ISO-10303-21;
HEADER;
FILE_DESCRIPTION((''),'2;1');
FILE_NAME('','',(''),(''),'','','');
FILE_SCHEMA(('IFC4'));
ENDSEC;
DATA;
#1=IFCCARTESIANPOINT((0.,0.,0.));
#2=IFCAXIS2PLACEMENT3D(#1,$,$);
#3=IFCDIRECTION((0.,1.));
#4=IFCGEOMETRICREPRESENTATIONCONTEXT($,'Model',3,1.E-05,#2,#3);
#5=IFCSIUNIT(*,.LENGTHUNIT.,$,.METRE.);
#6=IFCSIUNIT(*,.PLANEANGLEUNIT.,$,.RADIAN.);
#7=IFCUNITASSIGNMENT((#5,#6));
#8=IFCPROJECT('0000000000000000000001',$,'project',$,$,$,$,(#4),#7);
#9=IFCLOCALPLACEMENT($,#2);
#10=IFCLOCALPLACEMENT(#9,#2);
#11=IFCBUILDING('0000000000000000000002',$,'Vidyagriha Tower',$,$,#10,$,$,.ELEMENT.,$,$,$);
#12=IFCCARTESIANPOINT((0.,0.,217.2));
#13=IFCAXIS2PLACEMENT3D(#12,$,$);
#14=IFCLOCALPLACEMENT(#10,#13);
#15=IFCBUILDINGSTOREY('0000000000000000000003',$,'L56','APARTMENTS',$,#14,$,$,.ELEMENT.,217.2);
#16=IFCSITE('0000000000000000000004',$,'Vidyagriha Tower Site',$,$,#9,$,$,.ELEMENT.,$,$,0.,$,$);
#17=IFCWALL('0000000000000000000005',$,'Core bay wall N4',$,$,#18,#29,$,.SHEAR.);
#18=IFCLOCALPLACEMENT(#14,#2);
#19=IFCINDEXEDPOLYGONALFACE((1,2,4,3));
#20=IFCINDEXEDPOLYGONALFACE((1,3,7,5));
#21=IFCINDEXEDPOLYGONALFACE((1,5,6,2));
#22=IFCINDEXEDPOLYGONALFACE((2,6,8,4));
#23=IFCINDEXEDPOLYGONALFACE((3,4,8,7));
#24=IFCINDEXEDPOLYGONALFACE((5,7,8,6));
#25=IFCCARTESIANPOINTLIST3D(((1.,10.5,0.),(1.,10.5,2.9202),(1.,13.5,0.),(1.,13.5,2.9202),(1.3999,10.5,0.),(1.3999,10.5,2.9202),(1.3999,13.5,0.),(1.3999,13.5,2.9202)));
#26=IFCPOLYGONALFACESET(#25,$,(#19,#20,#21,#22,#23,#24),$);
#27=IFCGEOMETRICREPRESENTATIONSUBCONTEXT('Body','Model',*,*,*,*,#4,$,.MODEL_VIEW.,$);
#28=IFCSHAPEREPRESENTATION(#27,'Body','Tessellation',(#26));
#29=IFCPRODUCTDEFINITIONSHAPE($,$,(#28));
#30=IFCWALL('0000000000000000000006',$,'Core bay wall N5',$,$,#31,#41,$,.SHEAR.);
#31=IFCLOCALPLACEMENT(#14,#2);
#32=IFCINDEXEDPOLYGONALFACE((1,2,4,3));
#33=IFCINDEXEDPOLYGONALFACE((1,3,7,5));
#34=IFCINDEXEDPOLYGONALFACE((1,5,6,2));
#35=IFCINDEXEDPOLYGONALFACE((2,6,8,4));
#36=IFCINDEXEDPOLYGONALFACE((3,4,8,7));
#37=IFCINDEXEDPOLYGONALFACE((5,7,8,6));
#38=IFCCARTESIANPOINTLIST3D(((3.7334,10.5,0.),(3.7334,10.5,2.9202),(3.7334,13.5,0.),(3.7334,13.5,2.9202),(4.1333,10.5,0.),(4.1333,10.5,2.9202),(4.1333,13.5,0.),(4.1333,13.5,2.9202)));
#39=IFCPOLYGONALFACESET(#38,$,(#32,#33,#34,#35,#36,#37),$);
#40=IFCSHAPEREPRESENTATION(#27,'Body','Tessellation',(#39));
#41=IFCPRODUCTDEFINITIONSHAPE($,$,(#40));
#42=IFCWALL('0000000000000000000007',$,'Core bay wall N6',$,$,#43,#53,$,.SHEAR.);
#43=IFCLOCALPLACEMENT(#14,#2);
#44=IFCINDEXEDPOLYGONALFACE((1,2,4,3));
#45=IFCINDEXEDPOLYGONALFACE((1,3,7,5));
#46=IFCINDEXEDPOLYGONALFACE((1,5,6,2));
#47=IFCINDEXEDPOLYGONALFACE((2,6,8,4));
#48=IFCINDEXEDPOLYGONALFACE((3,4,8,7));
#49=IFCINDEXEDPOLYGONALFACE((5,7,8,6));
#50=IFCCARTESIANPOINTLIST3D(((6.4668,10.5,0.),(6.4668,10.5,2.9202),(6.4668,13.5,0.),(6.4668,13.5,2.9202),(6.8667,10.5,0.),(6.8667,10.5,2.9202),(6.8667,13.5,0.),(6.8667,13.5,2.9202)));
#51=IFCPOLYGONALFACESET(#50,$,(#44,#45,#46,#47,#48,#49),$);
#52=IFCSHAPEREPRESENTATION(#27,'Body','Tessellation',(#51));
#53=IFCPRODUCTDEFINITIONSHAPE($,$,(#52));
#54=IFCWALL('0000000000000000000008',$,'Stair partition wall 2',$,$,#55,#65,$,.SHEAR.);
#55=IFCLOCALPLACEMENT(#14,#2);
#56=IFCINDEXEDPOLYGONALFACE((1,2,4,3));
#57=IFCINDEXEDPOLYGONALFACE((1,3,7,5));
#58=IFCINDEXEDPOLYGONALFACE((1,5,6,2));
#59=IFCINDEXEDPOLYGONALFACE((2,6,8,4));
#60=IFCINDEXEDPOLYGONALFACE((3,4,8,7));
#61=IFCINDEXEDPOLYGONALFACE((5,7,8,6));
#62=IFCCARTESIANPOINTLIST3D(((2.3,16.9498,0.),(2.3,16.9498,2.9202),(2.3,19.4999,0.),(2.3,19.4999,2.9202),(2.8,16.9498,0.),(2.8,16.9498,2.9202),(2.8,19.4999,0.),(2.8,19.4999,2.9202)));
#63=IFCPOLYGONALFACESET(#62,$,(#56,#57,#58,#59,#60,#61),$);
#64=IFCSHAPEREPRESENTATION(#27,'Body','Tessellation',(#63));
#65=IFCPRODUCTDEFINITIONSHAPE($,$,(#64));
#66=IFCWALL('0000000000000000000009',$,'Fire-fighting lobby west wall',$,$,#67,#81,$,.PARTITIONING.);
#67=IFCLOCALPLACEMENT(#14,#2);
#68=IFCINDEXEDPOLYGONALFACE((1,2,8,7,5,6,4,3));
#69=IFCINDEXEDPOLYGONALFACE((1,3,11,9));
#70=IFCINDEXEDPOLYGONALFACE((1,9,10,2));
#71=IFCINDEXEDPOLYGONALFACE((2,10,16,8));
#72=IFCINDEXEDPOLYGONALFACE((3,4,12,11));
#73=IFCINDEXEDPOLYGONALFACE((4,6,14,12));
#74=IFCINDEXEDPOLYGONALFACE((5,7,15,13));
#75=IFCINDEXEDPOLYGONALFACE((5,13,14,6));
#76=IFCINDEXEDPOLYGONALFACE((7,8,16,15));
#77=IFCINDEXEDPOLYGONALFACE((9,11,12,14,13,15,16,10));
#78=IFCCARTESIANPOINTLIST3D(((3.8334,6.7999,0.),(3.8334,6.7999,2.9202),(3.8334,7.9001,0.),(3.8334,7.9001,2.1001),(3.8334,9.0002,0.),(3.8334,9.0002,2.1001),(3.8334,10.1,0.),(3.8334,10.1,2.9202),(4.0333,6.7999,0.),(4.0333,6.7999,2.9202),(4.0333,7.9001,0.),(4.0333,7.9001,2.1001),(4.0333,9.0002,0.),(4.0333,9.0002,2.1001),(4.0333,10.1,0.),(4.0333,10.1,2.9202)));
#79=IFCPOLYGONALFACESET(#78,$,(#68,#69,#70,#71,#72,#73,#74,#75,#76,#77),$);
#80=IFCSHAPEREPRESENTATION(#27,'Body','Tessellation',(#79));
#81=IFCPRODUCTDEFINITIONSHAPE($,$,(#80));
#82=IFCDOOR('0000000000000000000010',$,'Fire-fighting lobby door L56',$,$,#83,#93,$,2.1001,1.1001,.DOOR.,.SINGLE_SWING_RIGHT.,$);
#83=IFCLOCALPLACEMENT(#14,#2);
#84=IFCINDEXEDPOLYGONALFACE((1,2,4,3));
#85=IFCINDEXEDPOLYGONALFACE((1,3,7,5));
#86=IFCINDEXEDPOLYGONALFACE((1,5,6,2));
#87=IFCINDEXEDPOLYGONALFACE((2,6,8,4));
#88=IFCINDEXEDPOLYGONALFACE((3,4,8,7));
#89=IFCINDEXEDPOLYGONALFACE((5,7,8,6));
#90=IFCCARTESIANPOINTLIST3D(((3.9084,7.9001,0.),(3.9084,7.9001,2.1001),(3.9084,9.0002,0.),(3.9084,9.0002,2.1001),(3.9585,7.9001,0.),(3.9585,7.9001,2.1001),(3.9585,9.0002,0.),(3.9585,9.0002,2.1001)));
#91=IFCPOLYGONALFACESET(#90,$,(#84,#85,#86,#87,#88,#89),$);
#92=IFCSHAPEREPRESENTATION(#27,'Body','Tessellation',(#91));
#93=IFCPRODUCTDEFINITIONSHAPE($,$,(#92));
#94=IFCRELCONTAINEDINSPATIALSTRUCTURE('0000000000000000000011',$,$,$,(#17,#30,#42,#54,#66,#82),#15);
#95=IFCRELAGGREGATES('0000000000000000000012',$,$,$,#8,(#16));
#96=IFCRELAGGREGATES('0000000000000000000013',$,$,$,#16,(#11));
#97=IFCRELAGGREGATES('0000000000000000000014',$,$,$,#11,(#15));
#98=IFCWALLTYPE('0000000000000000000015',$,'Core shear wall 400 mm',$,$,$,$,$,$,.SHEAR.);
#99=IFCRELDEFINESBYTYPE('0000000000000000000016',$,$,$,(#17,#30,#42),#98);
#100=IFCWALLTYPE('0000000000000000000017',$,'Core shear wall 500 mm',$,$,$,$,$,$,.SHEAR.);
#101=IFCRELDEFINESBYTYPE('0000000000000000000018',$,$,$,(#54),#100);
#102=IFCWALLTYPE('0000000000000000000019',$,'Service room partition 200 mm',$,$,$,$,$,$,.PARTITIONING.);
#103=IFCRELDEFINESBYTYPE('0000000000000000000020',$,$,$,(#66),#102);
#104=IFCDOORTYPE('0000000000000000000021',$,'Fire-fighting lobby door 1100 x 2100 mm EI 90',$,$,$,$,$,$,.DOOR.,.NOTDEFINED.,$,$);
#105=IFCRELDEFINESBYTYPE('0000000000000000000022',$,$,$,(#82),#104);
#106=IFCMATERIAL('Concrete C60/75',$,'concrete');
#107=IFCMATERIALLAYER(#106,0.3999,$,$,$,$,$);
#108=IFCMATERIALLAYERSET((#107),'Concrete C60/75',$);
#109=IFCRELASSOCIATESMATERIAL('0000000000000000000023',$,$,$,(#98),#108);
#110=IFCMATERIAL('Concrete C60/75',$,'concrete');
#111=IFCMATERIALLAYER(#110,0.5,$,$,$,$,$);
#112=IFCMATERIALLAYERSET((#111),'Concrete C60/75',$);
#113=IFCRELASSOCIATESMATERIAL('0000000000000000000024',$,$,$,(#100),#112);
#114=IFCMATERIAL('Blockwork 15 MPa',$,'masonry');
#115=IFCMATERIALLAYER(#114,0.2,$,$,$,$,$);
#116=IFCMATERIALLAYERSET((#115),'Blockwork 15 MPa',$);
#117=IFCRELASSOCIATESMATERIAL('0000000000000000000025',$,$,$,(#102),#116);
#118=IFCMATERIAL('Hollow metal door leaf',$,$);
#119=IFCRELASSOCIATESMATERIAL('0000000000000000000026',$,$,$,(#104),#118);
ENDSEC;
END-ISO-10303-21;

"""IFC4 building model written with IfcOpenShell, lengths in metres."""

from ifc_helpers import new_model, si_unit, direction, frame, frame_2d, origin, place, context, subcontext, project, spatial, rectangle, extrude, material, layer, layer_set, type_object, element, fill, save


model = new_model("IFC4")

# Units and contexts
model_context = context("Model", 3, precision=1e-05, world=origin(), true_north=direction((0.0, 1.0)))
body_context = subcontext(model_context, "Body", "Model", "MODEL_VIEW")
ifc_project = project(units=[si_unit("LENGTHUNIT", "METRE"), si_unit("PLANEANGLEUNIT", "RADIAN")], contexts=[model_context])

# Site, building, storey
site_placement = place(None, origin())
site = spatial("IfcSite", under=ifc_project, at=site_placement, Name="Vidyagriha Tower Site", CompositionType="ELEMENT", RefElevation=0.0)
building_placement = place(site_placement, origin())
building = spatial("IfcBuilding", under=site, at=building_placement, Name="Vidyagriha Tower", CompositionType="ELEMENT")
storey_placement = place(building_placement, frame((0.0, 0.0, 217.2)))
storey = spatial("IfcBuildingStorey", under=building, at=storey_placement, Name="L56", Description="APARTMENTS", CompositionType="ELEMENT", Elevation=217.2)

# Shared definitions
ifc_material_1 = material(Name="Concrete C60/75", Category="concrete")
ifc_layer_1 = layer(ifc_material_1, 0.3999)
ifc_layer_set_1 = layer_set([ifc_layer_1], Name="Concrete C60/75")
wall_type_1 = type_object("IfcWallType", Name="Core shear wall 400 mm", PredefinedType="SHEAR", material=ifc_layer_set_1)

# Walls
for number, where, z_axis, x_axis, name in (
    (1, (1.2, 10.5, 0.0), (0.0, 0.0, 1.0), (0.0, 1.0, 0.0), "Core bay wall N4"),
    (2, (3.9333, 10.5, 0.0), (0.0, 0.0, 1.0), (0.0, 1.0, 0.0), "Core bay wall N5"),
    (3, (6.6667, 10.5, 0.0), (0.0, 0.0, 1.0), (0.0, 1.0, 0.0), "Core bay wall N6"),
):
    element("IfcWall", number, at=place(storey_placement, frame(where, z_axis=z_axis, x_axis=x_axis)), inside=storey, type_object=wall_type_1, Name=name, PredefinedType="SHEAR", context=body_context, shape_type="SweptSolid", body=[
        extrude(rectangle(XDim=3.0, YDim=0.3999, at=frame_2d((1.5, 0.0))), origin(), (0.0, 0.0, 1.0), 2.9202),
    ])
ifc_material_2 = material(Name="Concrete C60/75", Category="concrete")
ifc_layer_2 = layer(ifc_material_2, 0.5)
ifc_layer_set_2 = layer_set([ifc_layer_2], Name="Concrete C60/75")
wall_type_2 = type_object("IfcWallType", Name="Core shear wall 500 mm", PredefinedType="SHEAR", material=ifc_layer_set_2)
wall_1_placement = place(storey_placement, frame((2.55, 16.95, 0.0), z_axis=(0.0, 0.0, 1.0), x_axis=(0.0, 1.0, 0.0)))
element("IfcWall", 4, at=wall_1_placement, inside=storey, type_object=wall_type_2, Name="Stair partition wall 2", PredefinedType="SHEAR", context=body_context, shape_type="SweptSolid", body=[
    extrude(rectangle(XDim=2.55, YDim=0.5, at=frame_2d((1.2749, 0.0))), origin(), (0.0, 0.0, 1.0), 2.9202),
])

# Wall, opening, door
ifc_material_3 = material(Name="Blockwork 15 MPa", Category="masonry")
ifc_layer_3 = layer(ifc_material_3, 0.2)
ifc_layer_set_3 = layer_set([ifc_layer_3], Name="Blockwork 15 MPa")
wall_type_3 = type_object("IfcWallType", Name="Service room partition 200 mm", PredefinedType="PARTITIONING", material=ifc_layer_set_3)
wall_2_placement = place(storey_placement, frame((3.9333, 6.8, 0.0), z_axis=(0.0, 0.0, 1.0), x_axis=(0.0, 1.0, 0.0)))
wall_2 = element("IfcWall", 5, at=wall_2_placement, inside=storey, type_object=wall_type_3, Name="Fire-fighting lobby west wall", PredefinedType="PARTITIONING", context=body_context, shape_type="SweptSolid", body=[
    extrude(rectangle(XDim=3.3, YDim=0.2, at=frame_2d((1.6499, 0.0))), origin(), (0.0, 0.0, 1.0), 2.9202),
])
opening_1_placement = place(wall_2_placement, frame((1.1001, 0.0, 0.0)))
opening_1 = element("IfcOpeningElement", 6, at=opening_1_placement, cuts=wall_2, PredefinedType="OPENING", context=body_context, shape_type="SweptSolid", body=[
    extrude(rectangle(XDim=1.1001, YDim=2.1001, at=frame_2d((0.55, 1.05))), frame((0.0, 0.1099, 0.0), z_axis=(0.0, -1.0, 0.0), x_axis=(1.0, 0.0, 0.0)), (0.0, 0.0, 1.0), 0.22),
])
ifc_material_4 = material(Name="Hollow metal door leaf")
door_type_1 = type_object("IfcDoorType", Name="Fire-fighting lobby door 1100 x 2100 mm EI 90", OperationType="NOTDEFINED", PredefinedType="DOOR", material=ifc_material_4)
door_1_placement = place(opening_1_placement, origin())
door_1 = element("IfcDoor", 7, at=door_1_placement, inside=storey, type_object=door_type_1, Name="Fire-fighting lobby door L56", OperationType="SINGLE_SWING_RIGHT", OverallHeight=2.1001, OverallWidth=1.1001, PredefinedType="DOOR", context=body_context, shape_type="SweptSolid", body=[
    extrude(rectangle(XDim=1.1001, YDim=2.1001, at=frame_2d((0.55, 1.05))), frame((0.0, 0.0249, 0.0), z_axis=(0.0, -1.0, 0.0), x_axis=(1.0, 0.0, 0.0)), (0.0, 0.0, 1.0), 0.05),
])
fill(opening_1, door_1)

save(model, "model.ifc")
